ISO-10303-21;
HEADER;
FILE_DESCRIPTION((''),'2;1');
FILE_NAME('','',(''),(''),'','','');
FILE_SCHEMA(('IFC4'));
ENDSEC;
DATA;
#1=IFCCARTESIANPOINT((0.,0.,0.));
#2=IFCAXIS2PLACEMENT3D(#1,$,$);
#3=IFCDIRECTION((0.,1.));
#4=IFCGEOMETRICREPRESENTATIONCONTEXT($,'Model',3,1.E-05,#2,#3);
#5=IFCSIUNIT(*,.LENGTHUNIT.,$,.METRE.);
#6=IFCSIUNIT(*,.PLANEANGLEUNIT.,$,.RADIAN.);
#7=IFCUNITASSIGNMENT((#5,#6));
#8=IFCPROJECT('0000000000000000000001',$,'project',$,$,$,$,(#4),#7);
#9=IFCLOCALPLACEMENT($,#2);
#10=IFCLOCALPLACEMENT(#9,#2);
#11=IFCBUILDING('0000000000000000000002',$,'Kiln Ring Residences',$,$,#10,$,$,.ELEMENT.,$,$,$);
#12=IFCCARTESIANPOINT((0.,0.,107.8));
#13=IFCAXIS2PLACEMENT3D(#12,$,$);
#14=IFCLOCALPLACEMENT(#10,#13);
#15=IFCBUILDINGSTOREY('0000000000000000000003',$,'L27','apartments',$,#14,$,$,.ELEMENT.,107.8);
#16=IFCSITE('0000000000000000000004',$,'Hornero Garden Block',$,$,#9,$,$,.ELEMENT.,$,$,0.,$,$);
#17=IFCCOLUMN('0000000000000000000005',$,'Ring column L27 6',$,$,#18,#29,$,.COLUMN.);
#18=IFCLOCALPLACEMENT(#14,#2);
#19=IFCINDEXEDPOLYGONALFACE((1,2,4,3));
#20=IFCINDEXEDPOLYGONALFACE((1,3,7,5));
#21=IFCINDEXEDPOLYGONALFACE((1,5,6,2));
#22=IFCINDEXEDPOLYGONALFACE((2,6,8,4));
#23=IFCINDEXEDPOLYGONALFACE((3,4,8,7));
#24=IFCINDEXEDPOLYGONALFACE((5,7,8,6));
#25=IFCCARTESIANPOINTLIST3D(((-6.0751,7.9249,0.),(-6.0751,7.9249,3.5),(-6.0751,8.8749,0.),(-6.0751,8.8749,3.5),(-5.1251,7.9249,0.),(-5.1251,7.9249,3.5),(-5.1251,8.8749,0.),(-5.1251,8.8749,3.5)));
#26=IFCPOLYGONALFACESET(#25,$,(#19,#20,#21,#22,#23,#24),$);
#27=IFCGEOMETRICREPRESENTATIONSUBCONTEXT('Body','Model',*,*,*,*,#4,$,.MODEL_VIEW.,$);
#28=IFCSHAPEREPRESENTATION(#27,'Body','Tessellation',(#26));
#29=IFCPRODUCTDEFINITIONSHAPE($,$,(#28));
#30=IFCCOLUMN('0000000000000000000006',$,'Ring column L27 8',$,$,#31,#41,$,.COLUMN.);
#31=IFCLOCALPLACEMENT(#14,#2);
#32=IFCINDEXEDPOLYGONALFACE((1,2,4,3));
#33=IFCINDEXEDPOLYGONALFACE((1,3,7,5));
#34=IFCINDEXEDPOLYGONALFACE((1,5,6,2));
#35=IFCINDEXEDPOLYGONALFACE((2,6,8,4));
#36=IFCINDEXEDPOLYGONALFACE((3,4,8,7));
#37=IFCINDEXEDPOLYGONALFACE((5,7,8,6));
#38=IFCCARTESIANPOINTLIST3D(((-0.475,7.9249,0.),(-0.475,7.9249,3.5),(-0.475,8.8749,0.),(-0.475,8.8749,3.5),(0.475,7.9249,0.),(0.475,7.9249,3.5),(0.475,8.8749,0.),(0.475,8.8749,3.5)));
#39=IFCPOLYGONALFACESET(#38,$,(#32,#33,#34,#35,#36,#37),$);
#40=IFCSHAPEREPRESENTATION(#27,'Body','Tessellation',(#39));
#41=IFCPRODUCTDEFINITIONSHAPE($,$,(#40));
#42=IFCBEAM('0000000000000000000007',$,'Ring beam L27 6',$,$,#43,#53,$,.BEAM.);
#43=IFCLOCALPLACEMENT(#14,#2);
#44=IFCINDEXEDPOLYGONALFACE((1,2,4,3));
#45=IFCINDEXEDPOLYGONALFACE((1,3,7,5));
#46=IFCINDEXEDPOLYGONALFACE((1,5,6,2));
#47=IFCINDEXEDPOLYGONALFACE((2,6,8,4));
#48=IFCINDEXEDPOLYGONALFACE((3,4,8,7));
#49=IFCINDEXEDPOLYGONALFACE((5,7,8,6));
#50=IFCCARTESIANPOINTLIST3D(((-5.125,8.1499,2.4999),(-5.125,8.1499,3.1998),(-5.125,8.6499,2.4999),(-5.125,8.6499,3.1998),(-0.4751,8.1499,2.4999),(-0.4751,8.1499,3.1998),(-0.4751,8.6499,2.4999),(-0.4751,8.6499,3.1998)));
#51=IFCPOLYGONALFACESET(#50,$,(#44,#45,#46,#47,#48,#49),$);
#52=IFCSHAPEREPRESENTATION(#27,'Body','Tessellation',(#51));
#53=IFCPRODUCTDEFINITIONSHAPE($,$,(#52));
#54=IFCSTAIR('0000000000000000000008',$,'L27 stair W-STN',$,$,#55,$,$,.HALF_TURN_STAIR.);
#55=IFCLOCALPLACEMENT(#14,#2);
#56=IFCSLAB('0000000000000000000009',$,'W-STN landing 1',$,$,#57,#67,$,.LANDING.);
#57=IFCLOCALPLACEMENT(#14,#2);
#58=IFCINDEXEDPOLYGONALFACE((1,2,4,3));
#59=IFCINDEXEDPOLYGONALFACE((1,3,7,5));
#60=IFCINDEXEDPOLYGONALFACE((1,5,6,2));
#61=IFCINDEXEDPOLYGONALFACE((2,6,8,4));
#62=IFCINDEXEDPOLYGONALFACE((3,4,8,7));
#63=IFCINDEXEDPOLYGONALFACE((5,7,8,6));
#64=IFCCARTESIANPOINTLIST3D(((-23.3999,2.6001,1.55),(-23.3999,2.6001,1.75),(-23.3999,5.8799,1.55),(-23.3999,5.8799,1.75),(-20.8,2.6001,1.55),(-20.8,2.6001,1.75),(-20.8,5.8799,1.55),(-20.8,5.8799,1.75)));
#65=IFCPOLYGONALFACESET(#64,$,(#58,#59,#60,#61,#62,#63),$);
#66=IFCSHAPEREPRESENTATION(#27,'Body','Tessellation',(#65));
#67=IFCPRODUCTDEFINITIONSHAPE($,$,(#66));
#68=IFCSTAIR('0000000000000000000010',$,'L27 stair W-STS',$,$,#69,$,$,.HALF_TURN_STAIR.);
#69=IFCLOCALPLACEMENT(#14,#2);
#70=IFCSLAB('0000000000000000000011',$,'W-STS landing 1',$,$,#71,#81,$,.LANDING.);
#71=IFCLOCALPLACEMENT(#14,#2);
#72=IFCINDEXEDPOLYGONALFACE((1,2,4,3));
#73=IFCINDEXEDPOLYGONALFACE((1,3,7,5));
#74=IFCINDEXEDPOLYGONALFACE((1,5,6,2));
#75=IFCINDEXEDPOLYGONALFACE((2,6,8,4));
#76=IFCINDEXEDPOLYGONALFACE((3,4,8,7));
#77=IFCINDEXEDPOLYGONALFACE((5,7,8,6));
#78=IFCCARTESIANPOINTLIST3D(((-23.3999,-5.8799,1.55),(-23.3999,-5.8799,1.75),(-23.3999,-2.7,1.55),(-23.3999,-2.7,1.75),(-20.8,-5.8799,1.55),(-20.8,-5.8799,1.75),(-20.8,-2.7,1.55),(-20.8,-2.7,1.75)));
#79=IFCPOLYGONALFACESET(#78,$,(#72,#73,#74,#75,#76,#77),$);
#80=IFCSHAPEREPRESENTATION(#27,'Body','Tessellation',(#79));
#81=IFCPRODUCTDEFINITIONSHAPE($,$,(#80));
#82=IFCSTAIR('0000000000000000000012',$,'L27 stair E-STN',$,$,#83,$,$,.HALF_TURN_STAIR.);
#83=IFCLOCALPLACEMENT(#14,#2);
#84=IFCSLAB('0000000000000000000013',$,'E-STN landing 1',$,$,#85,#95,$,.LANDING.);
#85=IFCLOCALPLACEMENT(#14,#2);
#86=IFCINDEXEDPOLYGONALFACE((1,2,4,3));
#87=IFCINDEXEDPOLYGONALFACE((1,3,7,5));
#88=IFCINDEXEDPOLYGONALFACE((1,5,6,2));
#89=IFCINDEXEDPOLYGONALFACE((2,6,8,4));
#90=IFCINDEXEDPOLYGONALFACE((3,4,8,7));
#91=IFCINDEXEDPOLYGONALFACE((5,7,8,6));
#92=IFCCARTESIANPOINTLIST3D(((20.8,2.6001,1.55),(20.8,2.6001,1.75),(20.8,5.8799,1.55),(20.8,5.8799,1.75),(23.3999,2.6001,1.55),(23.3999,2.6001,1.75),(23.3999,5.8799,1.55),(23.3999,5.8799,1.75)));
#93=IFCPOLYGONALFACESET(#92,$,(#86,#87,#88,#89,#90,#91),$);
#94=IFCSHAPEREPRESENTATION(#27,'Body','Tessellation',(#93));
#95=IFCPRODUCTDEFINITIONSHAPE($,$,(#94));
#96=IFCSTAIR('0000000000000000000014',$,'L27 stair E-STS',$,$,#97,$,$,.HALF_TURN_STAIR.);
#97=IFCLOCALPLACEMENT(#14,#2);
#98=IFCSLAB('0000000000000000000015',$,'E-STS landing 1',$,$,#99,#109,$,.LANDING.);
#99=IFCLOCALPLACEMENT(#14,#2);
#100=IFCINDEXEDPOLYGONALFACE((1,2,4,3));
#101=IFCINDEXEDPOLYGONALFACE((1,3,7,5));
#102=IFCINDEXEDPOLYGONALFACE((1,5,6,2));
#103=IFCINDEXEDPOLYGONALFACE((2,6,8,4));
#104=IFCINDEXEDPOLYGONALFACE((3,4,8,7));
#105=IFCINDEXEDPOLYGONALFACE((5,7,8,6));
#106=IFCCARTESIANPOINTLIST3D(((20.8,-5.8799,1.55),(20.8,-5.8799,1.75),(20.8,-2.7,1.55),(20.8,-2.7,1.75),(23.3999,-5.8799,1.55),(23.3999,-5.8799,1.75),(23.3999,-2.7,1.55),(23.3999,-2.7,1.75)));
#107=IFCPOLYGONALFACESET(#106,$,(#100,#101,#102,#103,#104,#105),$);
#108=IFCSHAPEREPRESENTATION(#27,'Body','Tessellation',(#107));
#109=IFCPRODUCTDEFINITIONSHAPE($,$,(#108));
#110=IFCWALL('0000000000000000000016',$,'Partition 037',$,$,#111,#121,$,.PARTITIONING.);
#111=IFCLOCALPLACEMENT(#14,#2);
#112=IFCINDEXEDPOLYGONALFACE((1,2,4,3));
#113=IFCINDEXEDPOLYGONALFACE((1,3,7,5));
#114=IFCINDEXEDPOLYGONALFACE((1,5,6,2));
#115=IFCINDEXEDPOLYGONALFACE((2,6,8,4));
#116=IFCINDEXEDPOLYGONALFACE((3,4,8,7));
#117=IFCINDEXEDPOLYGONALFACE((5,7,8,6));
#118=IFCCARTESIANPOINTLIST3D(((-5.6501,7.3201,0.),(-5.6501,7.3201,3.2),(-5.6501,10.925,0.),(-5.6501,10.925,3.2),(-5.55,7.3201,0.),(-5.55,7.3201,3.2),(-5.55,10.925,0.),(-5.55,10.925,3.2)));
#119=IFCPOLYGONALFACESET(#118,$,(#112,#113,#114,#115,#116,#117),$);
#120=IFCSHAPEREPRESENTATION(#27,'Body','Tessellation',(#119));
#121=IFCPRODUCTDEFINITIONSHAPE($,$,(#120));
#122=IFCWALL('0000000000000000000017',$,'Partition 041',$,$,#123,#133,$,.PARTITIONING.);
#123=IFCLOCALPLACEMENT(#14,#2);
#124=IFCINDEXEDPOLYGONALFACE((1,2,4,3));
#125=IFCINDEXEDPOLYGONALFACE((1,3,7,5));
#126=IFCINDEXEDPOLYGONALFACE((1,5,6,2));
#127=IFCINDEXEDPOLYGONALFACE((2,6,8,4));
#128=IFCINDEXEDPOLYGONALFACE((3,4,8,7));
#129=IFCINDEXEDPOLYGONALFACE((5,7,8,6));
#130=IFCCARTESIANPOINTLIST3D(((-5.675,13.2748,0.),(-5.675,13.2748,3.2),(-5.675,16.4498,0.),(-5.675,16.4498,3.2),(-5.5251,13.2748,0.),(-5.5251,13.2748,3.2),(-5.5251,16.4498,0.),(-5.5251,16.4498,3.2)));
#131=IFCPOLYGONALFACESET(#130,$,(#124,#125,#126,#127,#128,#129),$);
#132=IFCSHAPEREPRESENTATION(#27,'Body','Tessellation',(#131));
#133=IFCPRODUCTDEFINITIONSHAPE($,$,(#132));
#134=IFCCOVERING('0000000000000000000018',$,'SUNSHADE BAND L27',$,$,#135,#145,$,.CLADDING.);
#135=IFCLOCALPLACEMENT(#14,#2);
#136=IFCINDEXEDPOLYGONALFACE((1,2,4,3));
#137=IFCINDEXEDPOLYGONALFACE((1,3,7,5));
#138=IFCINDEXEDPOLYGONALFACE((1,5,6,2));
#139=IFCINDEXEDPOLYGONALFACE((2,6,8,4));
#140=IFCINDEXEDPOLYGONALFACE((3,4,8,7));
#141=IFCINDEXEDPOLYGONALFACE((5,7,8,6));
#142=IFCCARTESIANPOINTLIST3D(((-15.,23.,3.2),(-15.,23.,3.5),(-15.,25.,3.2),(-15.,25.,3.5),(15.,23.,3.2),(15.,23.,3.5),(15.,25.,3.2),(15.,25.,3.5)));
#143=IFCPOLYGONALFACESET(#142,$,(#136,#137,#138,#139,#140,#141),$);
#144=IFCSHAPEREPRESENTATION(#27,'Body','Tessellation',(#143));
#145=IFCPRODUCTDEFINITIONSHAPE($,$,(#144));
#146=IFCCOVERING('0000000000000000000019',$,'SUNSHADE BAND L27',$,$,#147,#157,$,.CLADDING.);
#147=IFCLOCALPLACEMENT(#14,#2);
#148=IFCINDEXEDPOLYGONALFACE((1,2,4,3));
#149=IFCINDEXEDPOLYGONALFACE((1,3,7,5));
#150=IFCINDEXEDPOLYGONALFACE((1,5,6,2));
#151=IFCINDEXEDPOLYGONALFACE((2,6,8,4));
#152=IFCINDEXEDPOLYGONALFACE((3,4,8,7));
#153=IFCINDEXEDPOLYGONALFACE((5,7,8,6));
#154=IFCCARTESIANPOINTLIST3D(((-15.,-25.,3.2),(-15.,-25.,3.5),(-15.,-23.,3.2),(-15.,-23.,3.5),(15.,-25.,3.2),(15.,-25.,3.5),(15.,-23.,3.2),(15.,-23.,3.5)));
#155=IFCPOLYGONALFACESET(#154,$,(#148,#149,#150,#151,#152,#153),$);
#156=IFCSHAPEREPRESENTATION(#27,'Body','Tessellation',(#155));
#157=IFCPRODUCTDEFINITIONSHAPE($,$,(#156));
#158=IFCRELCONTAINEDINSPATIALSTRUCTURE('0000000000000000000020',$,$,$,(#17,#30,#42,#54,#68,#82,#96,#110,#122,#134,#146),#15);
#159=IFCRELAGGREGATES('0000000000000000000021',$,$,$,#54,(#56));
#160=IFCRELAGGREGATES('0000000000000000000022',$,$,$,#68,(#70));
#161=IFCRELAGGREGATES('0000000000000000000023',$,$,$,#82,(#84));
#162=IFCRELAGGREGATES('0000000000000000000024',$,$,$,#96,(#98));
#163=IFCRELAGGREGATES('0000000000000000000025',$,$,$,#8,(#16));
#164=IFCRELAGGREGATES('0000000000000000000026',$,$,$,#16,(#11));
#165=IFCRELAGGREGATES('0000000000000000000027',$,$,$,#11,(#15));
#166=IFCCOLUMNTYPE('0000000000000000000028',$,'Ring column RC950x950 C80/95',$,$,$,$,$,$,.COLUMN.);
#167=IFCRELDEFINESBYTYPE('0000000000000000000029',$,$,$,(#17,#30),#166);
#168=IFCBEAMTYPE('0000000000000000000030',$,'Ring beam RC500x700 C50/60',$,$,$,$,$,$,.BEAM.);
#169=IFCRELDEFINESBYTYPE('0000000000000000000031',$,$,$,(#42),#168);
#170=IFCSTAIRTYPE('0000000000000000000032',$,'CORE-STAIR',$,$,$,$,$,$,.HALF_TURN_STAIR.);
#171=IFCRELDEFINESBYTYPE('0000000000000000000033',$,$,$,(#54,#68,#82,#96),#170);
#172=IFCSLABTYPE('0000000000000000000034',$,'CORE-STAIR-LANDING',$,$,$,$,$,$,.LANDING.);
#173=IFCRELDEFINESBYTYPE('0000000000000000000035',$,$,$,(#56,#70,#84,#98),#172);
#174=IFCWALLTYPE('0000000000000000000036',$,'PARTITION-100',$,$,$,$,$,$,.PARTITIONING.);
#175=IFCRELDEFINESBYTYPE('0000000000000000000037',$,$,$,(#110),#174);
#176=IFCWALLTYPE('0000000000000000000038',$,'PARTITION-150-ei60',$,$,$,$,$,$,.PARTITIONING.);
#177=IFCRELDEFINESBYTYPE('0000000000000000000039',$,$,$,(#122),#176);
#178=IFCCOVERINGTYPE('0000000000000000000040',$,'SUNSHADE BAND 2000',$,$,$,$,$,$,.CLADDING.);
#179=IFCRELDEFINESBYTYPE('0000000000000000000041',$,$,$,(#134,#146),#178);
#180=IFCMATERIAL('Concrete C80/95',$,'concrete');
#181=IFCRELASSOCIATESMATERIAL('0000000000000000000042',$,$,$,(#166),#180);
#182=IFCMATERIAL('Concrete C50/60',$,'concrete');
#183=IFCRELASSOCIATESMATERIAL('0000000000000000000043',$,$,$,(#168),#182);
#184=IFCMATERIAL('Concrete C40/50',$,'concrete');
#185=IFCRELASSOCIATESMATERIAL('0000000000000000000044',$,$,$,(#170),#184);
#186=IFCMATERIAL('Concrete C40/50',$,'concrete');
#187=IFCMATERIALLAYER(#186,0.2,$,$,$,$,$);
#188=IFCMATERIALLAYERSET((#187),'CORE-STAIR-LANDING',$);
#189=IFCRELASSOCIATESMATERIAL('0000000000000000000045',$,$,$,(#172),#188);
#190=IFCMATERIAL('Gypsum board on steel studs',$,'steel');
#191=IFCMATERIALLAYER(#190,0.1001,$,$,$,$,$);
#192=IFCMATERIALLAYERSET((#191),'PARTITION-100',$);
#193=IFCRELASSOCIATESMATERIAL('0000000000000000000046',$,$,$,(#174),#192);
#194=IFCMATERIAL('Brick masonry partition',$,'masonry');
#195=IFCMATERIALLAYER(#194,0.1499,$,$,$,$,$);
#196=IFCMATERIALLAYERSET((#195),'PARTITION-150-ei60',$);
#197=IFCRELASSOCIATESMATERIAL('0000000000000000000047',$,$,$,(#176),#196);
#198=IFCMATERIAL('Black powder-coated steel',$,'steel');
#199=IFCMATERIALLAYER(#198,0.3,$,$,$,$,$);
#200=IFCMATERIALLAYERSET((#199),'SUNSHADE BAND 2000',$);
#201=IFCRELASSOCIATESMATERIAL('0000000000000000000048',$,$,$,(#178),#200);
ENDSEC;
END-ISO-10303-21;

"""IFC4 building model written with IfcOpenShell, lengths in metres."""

from ifc_helpers import new_model, si_unit, direction, frame, frame_2d, origin, origin_2d, place, context, subcontext, project, spatial, polyline, rectangle, outline, extrude, material, layer, layer_set, material_profile, profile_set, type_object, element, aggregate, save


model = new_model("IFC4")

# Units and contexts
model_context = context("Model", 3, precision=1e-05, world=origin(), true_north=direction((0.0, 1.0)))
body_context = subcontext(model_context, "Body", "Model", "MODEL_VIEW")
ifc_project = project(units=[si_unit("LENGTHUNIT", "METRE"), si_unit("PLANEANGLEUNIT", "RADIAN")], contexts=[model_context])

# Site, building, storey
site_placement = place(None, origin())
site = spatial("IfcSite", under=ifc_project, at=site_placement, Name="Hornero Garden Block", CompositionType="ELEMENT", RefElevation=0.0)
building_placement = place(site_placement, origin())
building = spatial("IfcBuilding", under=site, at=building_placement, Name="Kiln Ring Residences", CompositionType="ELEMENT")
storey_placement = place(building_placement, frame((0.0, 0.0, 107.8)))
storey = spatial("IfcBuildingStorey", under=building, at=storey_placement, Name="L27", Description="apartments", CompositionType="ELEMENT", Elevation=107.8)

# Columns
ifc_material_1 = material(Name="Concrete C80/95", Category="concrete")
ifc_material_profile_1 = material_profile(ifc_material_1, rectangle(XDim=0.95, YDim=0.95, at=origin_2d()), Name="RC950x950")
ifc_profile_set_1 = profile_set([ifc_material_profile_1], Name="Concrete C80/95")
column_type = type_object("IfcColumnType", Name="Ring column RC950x950 C80/95", PredefinedType="COLUMN", material=ifc_profile_set_1)
for number, where, z_axis, x_axis, name in (
    (1, (-5.6001, 8.3999, 0.0), (0.0, 0.0, 1.0), (1.0, 0.0, 0.0), "Ring column L27 6"),
    (2, (0.0, 8.3999, 0.0), (0.0, 0.0, 1.0), (1.0, 0.0, 0.0), "Ring column L27 8"),
):
    element("IfcColumn", number, at=place(storey_placement, frame(where, z_axis=z_axis, x_axis=x_axis)), inside=storey, type_object=column_type, Name=name, PredefinedType="COLUMN", context=body_context, shape_type="SweptSolid", body=[
        extrude(rectangle(XDim=0.95, YDim=0.95, at=origin_2d()), origin(), (0.0, 0.0, 1.0), 3.5),
    ])

# Beam
ifc_material_2 = material(Name="Concrete C50/60", Category="concrete")
ifc_material_profile_2 = material_profile(ifc_material_2, rectangle(XDim=0.5, YDim=0.7, at=origin_2d()), Name="RC500x700")
ifc_profile_set_2 = profile_set([ifc_material_profile_2], Name="Concrete C50/60")
beam_type = type_object("IfcBeamType", Name="Ring beam RC500x700 C50/60", PredefinedType="BEAM", material=ifc_profile_set_2)
beam_placement = place(storey_placement, frame((-5.125, 8.3999, 2.8499), z_axis=(1.0, 0.0, 0.0), x_axis=(0.0, 1.0, 0.0)))
element("IfcBeam", 3, at=beam_placement, inside=storey, type_object=beam_type, Name="Ring beam L27 6", PredefinedType="BEAM", context=body_context, shape_type="SweptSolid", body=[
    extrude(rectangle(XDim=0.5, YDim=0.7, at=origin_2d()), origin(), (0.0, 0.0, 1.0), 4.6499),
])

# Stairs, slabs
ifc_material_3 = material(Name="Concrete C40/50", Category="concrete")
stair_type = type_object("IfcStairType", Name="CORE-STAIR", PredefinedType="HALF_TURN_STAIR", material=ifc_material_3)
placement_1 = place(storey_placement, origin())
stair_1 = element("IfcStair", 4, at=placement_1, inside=storey, type_object=stair_type, Name="L27 stair W-STN", PredefinedType="HALF_TURN_STAIR")
ifc_material_4 = material(Name="Concrete C40/50", Category="concrete")
ifc_layer_1 = layer(ifc_material_4, 0.2)
ifc_layer_set_1 = layer_set([ifc_layer_1], Name="CORE-STAIR-LANDING")
slab_type = type_object("IfcSlabType", Name="CORE-STAIR-LANDING", PredefinedType="LANDING", material=ifc_layer_set_1)
placement_2 = place(storey_placement, frame((0.0, 0.0, 1.55)))
slab_1 = element("IfcSlab", 5, at=placement_2, type_object=slab_type, Name="W-STN landing 1", PredefinedType="LANDING", context=body_context, shape_type="SweptSolid", body=[
    extrude(outline(polyline([(-23.3999, 5.8799), (-23.3999, 2.6001), (-20.8, 2.6001), (-20.8, 5.8799), (-23.3999, 5.8799)])), origin(), (0.0, 0.0, 1.0), 0.2),
])
aggregate(stair_1, [slab_1])
stair_2 = element("IfcStair", 6, at=placement_1, inside=storey, type_object=stair_type, Name="L27 stair W-STS", PredefinedType="HALF_TURN_STAIR")
slab_2 = element("IfcSlab", 7, at=placement_2, type_object=slab_type, Name="W-STS landing 1", PredefinedType="LANDING", context=body_context, shape_type="SweptSolid", body=[
    extrude(outline(polyline([(-20.8, -5.8799), (-20.8, -2.7), (-23.3999, -2.7), (-23.3999, -5.8799), (-20.8, -5.8799)])), origin(), (0.0, 0.0, 1.0), 0.2),
])
aggregate(stair_2, [slab_2])
stair_3 = element("IfcStair", 8, at=placement_1, inside=storey, type_object=stair_type, Name="L27 stair E-STN", PredefinedType="HALF_TURN_STAIR")
slab_3 = element("IfcSlab", 9, at=placement_2, type_object=slab_type, Name="E-STN landing 1", PredefinedType="LANDING", context=body_context, shape_type="SweptSolid", body=[
    extrude(outline(polyline([(20.8, 5.8799), (20.8, 2.6001), (23.3999, 2.6001), (23.3999, 5.8799), (20.8, 5.8799)])), origin(), (0.0, 0.0, 1.0), 0.2),
])
aggregate(stair_3, [slab_3])
stair_4 = element("IfcStair", 10, at=placement_1, inside=storey, type_object=stair_type, Name="L27 stair E-STS", PredefinedType="HALF_TURN_STAIR")
slab_4 = element("IfcSlab", 11, at=placement_2, type_object=slab_type, Name="E-STS landing 1", PredefinedType="LANDING", context=body_context, shape_type="SweptSolid", body=[
    extrude(outline(polyline([(23.3999, -5.8799), (23.3999, -2.7), (20.8, -2.7), (20.8, -5.8799), (23.3999, -5.8799)])), origin(), (0.0, 0.0, 1.0), 0.2),
])
aggregate(stair_4, [slab_4])

# Walls
ifc_material_5 = material(Name="Gypsum board on steel studs", Category="steel")
ifc_layer_2 = layer(ifc_material_5, 0.1001)
ifc_layer_set_2 = layer_set([ifc_layer_2], Name="PARTITION-100")
wall_type_1 = type_object("IfcWallType", Name="PARTITION-100", PredefinedType="PARTITIONING", material=ifc_layer_set_2)
wall_1_placement = place(storey_placement, frame((-5.6001, 7.3201, 0.0), z_axis=(0.0, 0.0, 1.0), x_axis=(0.0, 1.0, 0.0)))
element("IfcWall", 12, at=wall_1_placement, inside=storey, type_object=wall_type_1, Name="Partition 037", PredefinedType="PARTITIONING", context=body_context, shape_type="SweptSolid", body=[
    extrude(rectangle(XDim=3.605, YDim=0.1001, at=frame_2d((1.8025, 0.0))), origin(), (0.0, 0.0, 1.0), 3.2),
])
ifc_material_6 = material(Name="Brick masonry partition", Category="masonry")
ifc_layer_3 = layer(ifc_material_6, 0.1499)
ifc_layer_set_3 = layer_set([ifc_layer_3], Name="PARTITION-150-ei60")
wall_type_2 = type_object("IfcWallType", Name="PARTITION-150-ei60", PredefinedType="PARTITIONING", material=ifc_layer_set_3)
wall_2_placement = place(storey_placement, frame((-5.6001, 13.2749, 0.0), z_axis=(0.0, 0.0, 1.0), x_axis=(0.0, 1.0, 0.0)))
element("IfcWall", 13, at=wall_2_placement, inside=storey, type_object=wall_type_2, Name="Partition 041", PredefinedType="PARTITIONING", context=body_context, shape_type="SweptSolid", body=[
    extrude(rectangle(XDim=3.175, YDim=0.1499, at=frame_2d((1.5874, 0.0))), origin(), (0.0, 0.0, 1.0), 3.2),
])

# Coverings
ifc_material_7 = material(Name="Black powder-coated steel", Category="steel")
ifc_layer_4 = layer(ifc_material_7, 0.3)
ifc_layer_set_4 = layer_set([ifc_layer_4], Name="SUNSHADE BAND 2000")
covering_type = type_object("IfcCoveringType", Name="SUNSHADE BAND 2000", PredefinedType="CLADDING", material=ifc_layer_set_4)
placement_3 = place(storey_placement, frame((0.0, 0.0, 3.2)))
element("IfcCovering", 14, at=placement_3, inside=storey, type_object=covering_type, Name="SUNSHADE BAND L27", PredefinedType="CLADDING", context=body_context, shape_type="SweptSolid", body=[
    extrude(outline(polyline([(15.0, 25.0), (-15.0, 25.0), (-15.0, 23.0), (15.0, 23.0), (15.0, 25.0)])), origin(), (0.0, 0.0, 1.0), 0.3),
])
element("IfcCovering", 15, at=placement_3, inside=storey, type_object=covering_type, Name="SUNSHADE BAND L27", PredefinedType="CLADDING", context=body_context, shape_type="SweptSolid", body=[
    extrude(outline(polyline([(-15.0, -25.0), (15.0, -25.0), (15.0, -23.0), (-15.0, -23.0), (-15.0, -25.0)])), origin(), (0.0, 0.0, 1.0), 0.3),
])

save(model, "model.ifc")
